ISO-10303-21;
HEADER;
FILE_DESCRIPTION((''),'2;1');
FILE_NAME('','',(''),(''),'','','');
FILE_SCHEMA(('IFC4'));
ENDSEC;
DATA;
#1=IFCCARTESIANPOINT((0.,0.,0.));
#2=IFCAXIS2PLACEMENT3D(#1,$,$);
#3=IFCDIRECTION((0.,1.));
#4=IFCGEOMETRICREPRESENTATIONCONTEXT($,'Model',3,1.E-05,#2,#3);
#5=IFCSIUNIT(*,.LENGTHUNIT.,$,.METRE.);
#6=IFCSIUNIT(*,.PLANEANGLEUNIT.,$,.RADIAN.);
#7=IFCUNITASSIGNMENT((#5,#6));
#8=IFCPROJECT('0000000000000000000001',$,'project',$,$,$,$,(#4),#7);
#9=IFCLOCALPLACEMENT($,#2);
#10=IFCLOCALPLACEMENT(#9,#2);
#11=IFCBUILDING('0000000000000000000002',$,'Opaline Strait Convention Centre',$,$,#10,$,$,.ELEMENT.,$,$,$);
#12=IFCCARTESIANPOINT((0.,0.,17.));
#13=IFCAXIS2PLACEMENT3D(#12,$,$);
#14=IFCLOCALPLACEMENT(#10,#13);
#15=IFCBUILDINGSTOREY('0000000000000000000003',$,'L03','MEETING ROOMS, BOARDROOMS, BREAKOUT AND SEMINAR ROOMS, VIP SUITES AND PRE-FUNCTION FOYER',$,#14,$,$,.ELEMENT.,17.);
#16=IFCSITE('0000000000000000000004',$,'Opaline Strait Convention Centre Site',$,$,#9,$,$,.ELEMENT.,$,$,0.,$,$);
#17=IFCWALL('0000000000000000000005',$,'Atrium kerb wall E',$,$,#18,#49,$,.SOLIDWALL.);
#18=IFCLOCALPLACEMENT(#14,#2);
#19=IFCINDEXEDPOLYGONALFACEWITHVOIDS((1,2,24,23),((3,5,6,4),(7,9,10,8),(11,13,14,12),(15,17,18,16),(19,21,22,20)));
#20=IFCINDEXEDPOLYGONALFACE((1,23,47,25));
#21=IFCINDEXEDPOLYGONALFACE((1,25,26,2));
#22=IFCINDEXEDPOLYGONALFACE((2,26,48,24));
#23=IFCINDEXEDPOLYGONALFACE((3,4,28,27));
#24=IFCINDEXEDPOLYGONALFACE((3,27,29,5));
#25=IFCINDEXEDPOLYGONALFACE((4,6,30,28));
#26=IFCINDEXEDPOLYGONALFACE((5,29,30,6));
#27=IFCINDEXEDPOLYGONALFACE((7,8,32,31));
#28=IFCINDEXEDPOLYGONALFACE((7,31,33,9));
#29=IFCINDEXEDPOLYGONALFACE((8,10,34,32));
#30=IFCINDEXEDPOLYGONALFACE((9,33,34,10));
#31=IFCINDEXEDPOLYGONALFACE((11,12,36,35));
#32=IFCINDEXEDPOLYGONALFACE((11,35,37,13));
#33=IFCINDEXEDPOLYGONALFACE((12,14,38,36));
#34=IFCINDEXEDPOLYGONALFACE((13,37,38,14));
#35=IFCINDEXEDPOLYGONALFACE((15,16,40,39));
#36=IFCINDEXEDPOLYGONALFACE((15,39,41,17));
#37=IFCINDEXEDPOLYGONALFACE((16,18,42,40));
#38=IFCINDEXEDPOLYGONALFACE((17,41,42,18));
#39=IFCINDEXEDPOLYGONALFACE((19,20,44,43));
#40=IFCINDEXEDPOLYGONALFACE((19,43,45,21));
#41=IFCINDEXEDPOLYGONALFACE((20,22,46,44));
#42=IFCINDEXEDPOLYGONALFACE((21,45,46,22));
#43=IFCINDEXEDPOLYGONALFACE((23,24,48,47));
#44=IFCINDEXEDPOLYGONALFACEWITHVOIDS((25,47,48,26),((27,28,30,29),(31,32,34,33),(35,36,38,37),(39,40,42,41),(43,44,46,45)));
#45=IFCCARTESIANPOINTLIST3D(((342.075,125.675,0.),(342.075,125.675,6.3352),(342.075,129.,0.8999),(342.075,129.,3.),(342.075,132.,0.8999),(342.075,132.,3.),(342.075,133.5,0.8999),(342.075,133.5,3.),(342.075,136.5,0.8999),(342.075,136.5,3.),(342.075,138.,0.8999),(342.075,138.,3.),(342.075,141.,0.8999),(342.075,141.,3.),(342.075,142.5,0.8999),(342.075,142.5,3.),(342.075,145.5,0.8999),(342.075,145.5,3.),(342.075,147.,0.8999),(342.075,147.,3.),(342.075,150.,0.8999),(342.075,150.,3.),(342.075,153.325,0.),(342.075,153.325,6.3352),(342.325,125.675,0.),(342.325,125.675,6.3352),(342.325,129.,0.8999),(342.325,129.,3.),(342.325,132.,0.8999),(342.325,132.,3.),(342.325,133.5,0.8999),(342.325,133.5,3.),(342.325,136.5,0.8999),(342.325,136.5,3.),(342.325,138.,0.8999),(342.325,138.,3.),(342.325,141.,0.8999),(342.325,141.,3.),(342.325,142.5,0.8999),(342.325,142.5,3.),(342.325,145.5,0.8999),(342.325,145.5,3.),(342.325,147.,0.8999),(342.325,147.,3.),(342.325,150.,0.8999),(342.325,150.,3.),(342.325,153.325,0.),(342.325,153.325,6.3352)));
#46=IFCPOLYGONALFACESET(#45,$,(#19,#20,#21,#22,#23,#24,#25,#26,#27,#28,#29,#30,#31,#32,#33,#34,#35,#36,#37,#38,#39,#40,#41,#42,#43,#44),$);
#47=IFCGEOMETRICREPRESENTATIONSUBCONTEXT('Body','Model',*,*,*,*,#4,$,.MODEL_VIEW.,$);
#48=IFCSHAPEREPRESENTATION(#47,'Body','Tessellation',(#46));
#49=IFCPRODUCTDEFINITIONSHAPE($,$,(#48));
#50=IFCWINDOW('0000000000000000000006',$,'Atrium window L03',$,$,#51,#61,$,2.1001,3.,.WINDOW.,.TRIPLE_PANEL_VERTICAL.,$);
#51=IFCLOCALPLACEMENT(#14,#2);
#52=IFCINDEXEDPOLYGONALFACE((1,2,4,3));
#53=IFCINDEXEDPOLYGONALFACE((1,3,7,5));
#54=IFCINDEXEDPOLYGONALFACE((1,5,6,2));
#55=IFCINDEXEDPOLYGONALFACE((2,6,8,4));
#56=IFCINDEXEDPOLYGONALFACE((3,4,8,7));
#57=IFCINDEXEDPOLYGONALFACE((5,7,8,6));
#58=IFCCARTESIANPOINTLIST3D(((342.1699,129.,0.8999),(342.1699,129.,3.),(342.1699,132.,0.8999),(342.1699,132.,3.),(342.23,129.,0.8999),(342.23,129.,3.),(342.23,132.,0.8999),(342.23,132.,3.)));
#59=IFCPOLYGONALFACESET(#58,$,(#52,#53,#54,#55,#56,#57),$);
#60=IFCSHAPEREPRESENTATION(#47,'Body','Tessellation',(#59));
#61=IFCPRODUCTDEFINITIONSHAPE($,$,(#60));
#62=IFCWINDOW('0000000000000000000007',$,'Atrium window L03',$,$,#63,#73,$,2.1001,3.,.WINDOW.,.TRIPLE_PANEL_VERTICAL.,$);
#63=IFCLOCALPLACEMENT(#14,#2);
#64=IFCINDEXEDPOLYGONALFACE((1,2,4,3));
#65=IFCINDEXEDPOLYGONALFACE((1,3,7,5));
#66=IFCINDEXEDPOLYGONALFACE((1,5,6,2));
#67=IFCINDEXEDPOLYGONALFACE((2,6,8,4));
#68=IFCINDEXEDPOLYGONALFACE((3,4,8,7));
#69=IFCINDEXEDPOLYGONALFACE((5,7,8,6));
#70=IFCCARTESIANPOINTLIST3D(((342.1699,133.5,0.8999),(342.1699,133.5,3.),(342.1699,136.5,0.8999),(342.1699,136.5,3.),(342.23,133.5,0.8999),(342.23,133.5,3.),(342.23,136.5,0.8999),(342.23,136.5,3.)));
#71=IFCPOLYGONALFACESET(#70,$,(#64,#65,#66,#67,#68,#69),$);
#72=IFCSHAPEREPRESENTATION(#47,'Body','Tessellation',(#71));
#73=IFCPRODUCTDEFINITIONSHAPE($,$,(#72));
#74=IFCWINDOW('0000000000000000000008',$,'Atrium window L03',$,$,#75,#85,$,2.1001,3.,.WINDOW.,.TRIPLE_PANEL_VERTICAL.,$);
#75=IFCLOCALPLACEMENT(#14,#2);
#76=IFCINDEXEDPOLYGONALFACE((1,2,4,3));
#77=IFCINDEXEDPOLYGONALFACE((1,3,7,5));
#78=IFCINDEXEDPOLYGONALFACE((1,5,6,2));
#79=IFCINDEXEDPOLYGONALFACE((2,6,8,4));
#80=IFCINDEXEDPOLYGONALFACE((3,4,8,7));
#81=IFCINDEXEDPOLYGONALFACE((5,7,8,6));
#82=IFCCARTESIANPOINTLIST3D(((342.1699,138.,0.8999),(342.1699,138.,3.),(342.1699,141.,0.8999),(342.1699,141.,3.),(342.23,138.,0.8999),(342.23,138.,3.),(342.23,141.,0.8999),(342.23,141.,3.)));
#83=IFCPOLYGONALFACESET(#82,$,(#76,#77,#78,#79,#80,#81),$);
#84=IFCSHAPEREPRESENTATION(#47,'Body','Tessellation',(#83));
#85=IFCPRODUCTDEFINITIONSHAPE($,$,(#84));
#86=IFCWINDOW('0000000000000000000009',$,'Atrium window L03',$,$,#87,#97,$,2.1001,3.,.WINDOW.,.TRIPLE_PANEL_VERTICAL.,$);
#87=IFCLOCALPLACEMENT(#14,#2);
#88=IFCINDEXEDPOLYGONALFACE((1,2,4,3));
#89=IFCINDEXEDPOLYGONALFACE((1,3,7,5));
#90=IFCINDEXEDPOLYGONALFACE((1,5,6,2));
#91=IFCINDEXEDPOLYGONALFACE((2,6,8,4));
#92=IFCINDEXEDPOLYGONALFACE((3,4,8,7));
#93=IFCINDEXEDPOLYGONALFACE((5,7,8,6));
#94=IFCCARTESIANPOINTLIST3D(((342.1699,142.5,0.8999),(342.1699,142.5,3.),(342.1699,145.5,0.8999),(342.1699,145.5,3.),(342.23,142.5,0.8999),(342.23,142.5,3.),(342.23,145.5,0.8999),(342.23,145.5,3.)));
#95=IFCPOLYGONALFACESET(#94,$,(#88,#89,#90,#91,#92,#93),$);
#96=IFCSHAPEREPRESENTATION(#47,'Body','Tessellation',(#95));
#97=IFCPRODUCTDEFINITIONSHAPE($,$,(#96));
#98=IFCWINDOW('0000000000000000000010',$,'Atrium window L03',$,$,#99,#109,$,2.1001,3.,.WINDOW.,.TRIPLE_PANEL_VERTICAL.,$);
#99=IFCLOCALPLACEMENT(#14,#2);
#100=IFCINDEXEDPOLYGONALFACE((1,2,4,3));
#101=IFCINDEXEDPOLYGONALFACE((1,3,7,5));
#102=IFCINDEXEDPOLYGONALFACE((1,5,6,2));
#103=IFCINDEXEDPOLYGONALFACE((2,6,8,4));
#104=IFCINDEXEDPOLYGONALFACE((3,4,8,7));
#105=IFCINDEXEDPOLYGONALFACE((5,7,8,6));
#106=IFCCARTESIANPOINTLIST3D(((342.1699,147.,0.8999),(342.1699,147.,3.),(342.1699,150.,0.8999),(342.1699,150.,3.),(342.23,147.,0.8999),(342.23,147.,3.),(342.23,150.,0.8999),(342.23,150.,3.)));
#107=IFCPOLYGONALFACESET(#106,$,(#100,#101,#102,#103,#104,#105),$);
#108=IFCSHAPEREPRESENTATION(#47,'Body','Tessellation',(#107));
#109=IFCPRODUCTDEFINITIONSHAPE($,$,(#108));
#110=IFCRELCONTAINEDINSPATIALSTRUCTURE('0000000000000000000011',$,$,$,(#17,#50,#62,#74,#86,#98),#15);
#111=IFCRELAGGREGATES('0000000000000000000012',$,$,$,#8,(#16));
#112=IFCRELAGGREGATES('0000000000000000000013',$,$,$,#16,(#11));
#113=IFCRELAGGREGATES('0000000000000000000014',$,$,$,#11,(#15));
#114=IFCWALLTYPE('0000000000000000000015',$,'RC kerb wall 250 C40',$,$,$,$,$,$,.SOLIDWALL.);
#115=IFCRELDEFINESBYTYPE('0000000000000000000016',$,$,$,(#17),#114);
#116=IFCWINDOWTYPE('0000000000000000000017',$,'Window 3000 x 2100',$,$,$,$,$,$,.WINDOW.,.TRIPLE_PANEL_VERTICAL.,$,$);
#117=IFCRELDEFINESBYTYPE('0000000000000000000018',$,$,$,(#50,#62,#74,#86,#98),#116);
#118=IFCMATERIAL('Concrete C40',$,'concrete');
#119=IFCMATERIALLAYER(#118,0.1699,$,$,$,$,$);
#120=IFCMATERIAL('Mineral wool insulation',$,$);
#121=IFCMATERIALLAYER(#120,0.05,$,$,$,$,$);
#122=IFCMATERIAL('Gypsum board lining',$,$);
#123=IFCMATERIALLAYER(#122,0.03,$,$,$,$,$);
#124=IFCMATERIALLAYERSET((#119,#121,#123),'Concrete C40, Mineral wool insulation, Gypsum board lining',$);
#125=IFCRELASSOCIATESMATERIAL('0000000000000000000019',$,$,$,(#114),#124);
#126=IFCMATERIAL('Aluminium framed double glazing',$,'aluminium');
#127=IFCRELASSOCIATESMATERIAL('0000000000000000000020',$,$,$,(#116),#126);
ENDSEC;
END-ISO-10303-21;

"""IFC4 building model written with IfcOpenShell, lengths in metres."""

from ifc_helpers import new_model, si_unit, direction, frame, frame_2d, origin, place, context, subcontext, project, spatial, rectangle, extrude, material, layer, layer_set, type_object, element, fill, save


model = new_model("IFC4")

# Units and contexts
model_context = context("Model", 3, precision=1e-05, world=origin(), true_north=direction((0.0, 1.0)))
body_context = subcontext(model_context, "Body", "Model", "MODEL_VIEW")
ifc_project = project(units=[si_unit("LENGTHUNIT", "METRE"), si_unit("PLANEANGLEUNIT", "RADIAN")], contexts=[model_context])

# Site, building, storey
site_placement = place(None, origin())
site = spatial("IfcSite", under=ifc_project, at=site_placement, Name="Opaline Strait Convention Centre Site", CompositionType="ELEMENT", RefElevation=0.0)
building_placement = place(site_placement, origin())
building = spatial("IfcBuilding", under=site, at=building_placement, Name="Opaline Strait Convention Centre", CompositionType="ELEMENT")
storey_placement = place(building_placement, frame((0.0, 0.0, 17.0)))
storey = spatial("IfcBuildingStorey", under=building, at=storey_placement, Name="L03", Description="MEETING ROOMS, BOARDROOMS, BREAKOUT AND SEMINAR ROOMS, VIP SUITES AND PRE-FUNCTION FOYER", CompositionType="ELEMENT", Elevation=17.0)

# Wall, openings, windows
ifc_material_1 = material(Name="Concrete C40", Category="concrete")
ifc_layer_1 = layer(ifc_material_1, 0.1699)
ifc_material_2 = material(Name="Mineral wool insulation")
ifc_layer_2 = layer(ifc_material_2, 0.05)
ifc_material_3 = material(Name="Gypsum board lining")
ifc_layer_3 = layer(ifc_material_3, 0.03)
ifc_layer_set_1 = layer_set([ifc_layer_1, ifc_layer_2, ifc_layer_3], Name="Concrete C40, Mineral wool insulation, Gypsum board lining")
wall_type_1 = type_object("IfcWallType", Name="RC kerb wall 250 C40", PredefinedType="SOLIDWALL", material=ifc_layer_set_1)
wall_1_placement = place(storey_placement, frame((342.2, 125.675, 0.0), z_axis=(0.0, 0.0, 1.0), x_axis=(0.0, 1.0, 0.0)))
wall_1 = element("IfcWall", 1, at=wall_1_placement, inside=storey, type_object=wall_type_1, Name="Atrium kerb wall E", PredefinedType="SOLIDWALL", context=body_context, shape_type="SweptSolid", body=[
    extrude(rectangle(XDim=27.6499, YDim=0.25, at=frame_2d((13.825, 0.0))), origin(), (0.0, 0.0, 1.0), 6.3352),
])
opening_1_placement = place(wall_1_placement, frame((3.325, 0.0, 0.8999)))
opening_1 = element("IfcOpeningElement", 2, at=opening_1_placement, cuts=wall_1, PredefinedType="OPENING", context=body_context, shape_type="SweptSolid", body=[
    extrude(rectangle(XDim=3.0, YDim=2.1001, at=frame_2d((1.5, 1.05))), frame((0.0, 0.135, 0.0), z_axis=(0.0, -1.0, 0.0), x_axis=(1.0, 0.0, 0.0)), (0.0, 0.0, 1.0), 0.27),
])
opening_2_placement = place(wall_1_placement, frame((7.825, 0.0, 0.8999)))
opening_2 = element("IfcOpeningElement", 3, at=opening_2_placement, cuts=wall_1, PredefinedType="OPENING", context=body_context, shape_type="SweptSolid", body=[
    extrude(rectangle(XDim=3.0, YDim=2.1001, at=frame_2d((1.5, 1.05))), frame((0.0, 0.135, 0.0), z_axis=(0.0, -1.0, 0.0), x_axis=(1.0, 0.0, 0.0)), (0.0, 0.0, 1.0), 0.27),
])
opening_3_placement = place(wall_1_placement, frame((12.325, 0.0, 0.8999)))
opening_3 = element("IfcOpeningElement", 4, at=opening_3_placement, cuts=wall_1, PredefinedType="OPENING", context=body_context, shape_type="SweptSolid", body=[
    extrude(rectangle(XDim=3.0, YDim=2.1001, at=frame_2d((1.5, 1.05))), frame((0.0, 0.135, 0.0), z_axis=(0.0, -1.0, 0.0), x_axis=(1.0, 0.0, 0.0)), (0.0, 0.0, 1.0), 0.27),
])
opening_4_placement = place(wall_1_placement, frame((16.825, 0.0, 0.8999)))
opening_4 = element("IfcOpeningElement", 5, at=opening_4_placement, cuts=wall_1, PredefinedType="OPENING", context=body_context, shape_type="SweptSolid", body=[
    extrude(rectangle(XDim=3.0, YDim=2.1001, at=frame_2d((1.5, 1.05))), frame((0.0, 0.135, 0.0), z_axis=(0.0, -1.0, 0.0), x_axis=(1.0, 0.0, 0.0)), (0.0, 0.0, 1.0), 0.27),
])
opening_5_placement = place(wall_1_placement, frame((21.325, 0.0, 0.8999)))
opening_5 = element("IfcOpeningElement", 6, at=opening_5_placement, cuts=wall_1, PredefinedType="OPENING", context=body_context, shape_type="SweptSolid", body=[
    extrude(rectangle(XDim=3.0, YDim=2.1001, at=frame_2d((1.5, 1.05))), frame((0.0, 0.135, 0.0), z_axis=(0.0, -1.0, 0.0), x_axis=(1.0, 0.0, 0.0)), (0.0, 0.0, 1.0), 0.27),
])
ifc_material_4 = material(Name="Aluminium framed double glazing", Category="aluminium")
window_type = type_object("IfcWindowType", Name="Window 3000 x 2100", PartitioningType="TRIPLE_PANEL_VERTICAL", PredefinedType="WINDOW", material=ifc_material_4)
window_1_placement = place(opening_1_placement, origin())
window_1 = element("IfcWindow", 7, at=window_1_placement, inside=storey, type_object=window_type, Name="Atrium window L03", OverallHeight=2.1001, OverallWidth=3.0, PartitioningType="TRIPLE_PANEL_VERTICAL", PredefinedType="WINDOW", context=body_context, shape_type="SweptSolid", body=[
    extrude(rectangle(XDim=3.0, YDim=2.1001, at=frame_2d((1.5, 1.05))), frame((0.0, 0.03, 0.0), z_axis=(0.0, -1.0, 0.0), x_axis=(1.0, 0.0, 0.0)), (0.0, 0.0, 1.0), 0.0601),
])
fill(opening_1, window_1)
window_2_placement = place(opening_2_placement, origin())
window_2 = element("IfcWindow", 8, at=window_2_placement, inside=storey, type_object=window_type, Name="Atrium window L03", OverallHeight=2.1001, OverallWidth=3.0, PartitioningType="TRIPLE_PANEL_VERTICAL", PredefinedType="WINDOW", context=body_context, shape_type="SweptSolid", body=[
    extrude(rectangle(XDim=3.0, YDim=2.1001, at=frame_2d((1.5, 1.05))), frame((0.0, 0.03, 0.0), z_axis=(0.0, -1.0, 0.0), x_axis=(1.0, 0.0, 0.0)), (0.0, 0.0, 1.0), 0.0601),
])
fill(opening_2, window_2)
window_3_placement = place(opening_3_placement, origin())
window_3 = element("IfcWindow", 9, at=window_3_placement, inside=storey, type_object=window_type, Name="Atrium window L03", OverallHeight=2.1001, OverallWidth=3.0, PartitioningType="TRIPLE_PANEL_VERTICAL", PredefinedType="WINDOW", context=body_context, shape_type="SweptSolid", body=[
    extrude(rectangle(XDim=3.0, YDim=2.1001, at=frame_2d((1.5, 1.05))), frame((0.0, 0.03, 0.0), z_axis=(0.0, -1.0, 0.0), x_axis=(1.0, 0.0, 0.0)), (0.0, 0.0, 1.0), 0.0601),
])
fill(opening_3, window_3)
window_4_placement = place(opening_4_placement, origin())
window_4 = element("IfcWindow", 10, at=window_4_placement, inside=storey, type_object=window_type, Name="Atrium window L03", OverallHeight=2.1001, OverallWidth=3.0, PartitioningType="TRIPLE_PANEL_VERTICAL", PredefinedType="WINDOW", context=body_context, shape_type="SweptSolid", body=[
    extrude(rectangle(XDim=3.0, YDim=2.1001, at=frame_2d((1.5, 1.05))), frame((0.0, 0.03, 0.0), z_axis=(0.0, -1.0, 0.0), x_axis=(1.0, 0.0, 0.0)), (0.0, 0.0, 1.0), 0.0601),
])
fill(opening_4, window_4)
window_5_placement = place(opening_5_placement, origin())
window_5 = element("IfcWindow", 11, at=window_5_placement, inside=storey, type_object=window_type, Name="Atrium window L03", OverallHeight=2.1001, OverallWidth=3.0, PartitioningType="TRIPLE_PANEL_VERTICAL", PredefinedType="WINDOW", context=body_context, shape_type="SweptSolid", body=[
    extrude(rectangle(XDim=3.0, YDim=2.1001, at=frame_2d((1.5, 1.05))), frame((0.0, 0.03, 0.0), z_axis=(0.0, -1.0, 0.0), x_axis=(1.0, 0.0, 0.0)), (0.0, 0.0, 1.0), 0.0601),
])
fill(opening_5, window_5)

save(model, "model.ifc")
